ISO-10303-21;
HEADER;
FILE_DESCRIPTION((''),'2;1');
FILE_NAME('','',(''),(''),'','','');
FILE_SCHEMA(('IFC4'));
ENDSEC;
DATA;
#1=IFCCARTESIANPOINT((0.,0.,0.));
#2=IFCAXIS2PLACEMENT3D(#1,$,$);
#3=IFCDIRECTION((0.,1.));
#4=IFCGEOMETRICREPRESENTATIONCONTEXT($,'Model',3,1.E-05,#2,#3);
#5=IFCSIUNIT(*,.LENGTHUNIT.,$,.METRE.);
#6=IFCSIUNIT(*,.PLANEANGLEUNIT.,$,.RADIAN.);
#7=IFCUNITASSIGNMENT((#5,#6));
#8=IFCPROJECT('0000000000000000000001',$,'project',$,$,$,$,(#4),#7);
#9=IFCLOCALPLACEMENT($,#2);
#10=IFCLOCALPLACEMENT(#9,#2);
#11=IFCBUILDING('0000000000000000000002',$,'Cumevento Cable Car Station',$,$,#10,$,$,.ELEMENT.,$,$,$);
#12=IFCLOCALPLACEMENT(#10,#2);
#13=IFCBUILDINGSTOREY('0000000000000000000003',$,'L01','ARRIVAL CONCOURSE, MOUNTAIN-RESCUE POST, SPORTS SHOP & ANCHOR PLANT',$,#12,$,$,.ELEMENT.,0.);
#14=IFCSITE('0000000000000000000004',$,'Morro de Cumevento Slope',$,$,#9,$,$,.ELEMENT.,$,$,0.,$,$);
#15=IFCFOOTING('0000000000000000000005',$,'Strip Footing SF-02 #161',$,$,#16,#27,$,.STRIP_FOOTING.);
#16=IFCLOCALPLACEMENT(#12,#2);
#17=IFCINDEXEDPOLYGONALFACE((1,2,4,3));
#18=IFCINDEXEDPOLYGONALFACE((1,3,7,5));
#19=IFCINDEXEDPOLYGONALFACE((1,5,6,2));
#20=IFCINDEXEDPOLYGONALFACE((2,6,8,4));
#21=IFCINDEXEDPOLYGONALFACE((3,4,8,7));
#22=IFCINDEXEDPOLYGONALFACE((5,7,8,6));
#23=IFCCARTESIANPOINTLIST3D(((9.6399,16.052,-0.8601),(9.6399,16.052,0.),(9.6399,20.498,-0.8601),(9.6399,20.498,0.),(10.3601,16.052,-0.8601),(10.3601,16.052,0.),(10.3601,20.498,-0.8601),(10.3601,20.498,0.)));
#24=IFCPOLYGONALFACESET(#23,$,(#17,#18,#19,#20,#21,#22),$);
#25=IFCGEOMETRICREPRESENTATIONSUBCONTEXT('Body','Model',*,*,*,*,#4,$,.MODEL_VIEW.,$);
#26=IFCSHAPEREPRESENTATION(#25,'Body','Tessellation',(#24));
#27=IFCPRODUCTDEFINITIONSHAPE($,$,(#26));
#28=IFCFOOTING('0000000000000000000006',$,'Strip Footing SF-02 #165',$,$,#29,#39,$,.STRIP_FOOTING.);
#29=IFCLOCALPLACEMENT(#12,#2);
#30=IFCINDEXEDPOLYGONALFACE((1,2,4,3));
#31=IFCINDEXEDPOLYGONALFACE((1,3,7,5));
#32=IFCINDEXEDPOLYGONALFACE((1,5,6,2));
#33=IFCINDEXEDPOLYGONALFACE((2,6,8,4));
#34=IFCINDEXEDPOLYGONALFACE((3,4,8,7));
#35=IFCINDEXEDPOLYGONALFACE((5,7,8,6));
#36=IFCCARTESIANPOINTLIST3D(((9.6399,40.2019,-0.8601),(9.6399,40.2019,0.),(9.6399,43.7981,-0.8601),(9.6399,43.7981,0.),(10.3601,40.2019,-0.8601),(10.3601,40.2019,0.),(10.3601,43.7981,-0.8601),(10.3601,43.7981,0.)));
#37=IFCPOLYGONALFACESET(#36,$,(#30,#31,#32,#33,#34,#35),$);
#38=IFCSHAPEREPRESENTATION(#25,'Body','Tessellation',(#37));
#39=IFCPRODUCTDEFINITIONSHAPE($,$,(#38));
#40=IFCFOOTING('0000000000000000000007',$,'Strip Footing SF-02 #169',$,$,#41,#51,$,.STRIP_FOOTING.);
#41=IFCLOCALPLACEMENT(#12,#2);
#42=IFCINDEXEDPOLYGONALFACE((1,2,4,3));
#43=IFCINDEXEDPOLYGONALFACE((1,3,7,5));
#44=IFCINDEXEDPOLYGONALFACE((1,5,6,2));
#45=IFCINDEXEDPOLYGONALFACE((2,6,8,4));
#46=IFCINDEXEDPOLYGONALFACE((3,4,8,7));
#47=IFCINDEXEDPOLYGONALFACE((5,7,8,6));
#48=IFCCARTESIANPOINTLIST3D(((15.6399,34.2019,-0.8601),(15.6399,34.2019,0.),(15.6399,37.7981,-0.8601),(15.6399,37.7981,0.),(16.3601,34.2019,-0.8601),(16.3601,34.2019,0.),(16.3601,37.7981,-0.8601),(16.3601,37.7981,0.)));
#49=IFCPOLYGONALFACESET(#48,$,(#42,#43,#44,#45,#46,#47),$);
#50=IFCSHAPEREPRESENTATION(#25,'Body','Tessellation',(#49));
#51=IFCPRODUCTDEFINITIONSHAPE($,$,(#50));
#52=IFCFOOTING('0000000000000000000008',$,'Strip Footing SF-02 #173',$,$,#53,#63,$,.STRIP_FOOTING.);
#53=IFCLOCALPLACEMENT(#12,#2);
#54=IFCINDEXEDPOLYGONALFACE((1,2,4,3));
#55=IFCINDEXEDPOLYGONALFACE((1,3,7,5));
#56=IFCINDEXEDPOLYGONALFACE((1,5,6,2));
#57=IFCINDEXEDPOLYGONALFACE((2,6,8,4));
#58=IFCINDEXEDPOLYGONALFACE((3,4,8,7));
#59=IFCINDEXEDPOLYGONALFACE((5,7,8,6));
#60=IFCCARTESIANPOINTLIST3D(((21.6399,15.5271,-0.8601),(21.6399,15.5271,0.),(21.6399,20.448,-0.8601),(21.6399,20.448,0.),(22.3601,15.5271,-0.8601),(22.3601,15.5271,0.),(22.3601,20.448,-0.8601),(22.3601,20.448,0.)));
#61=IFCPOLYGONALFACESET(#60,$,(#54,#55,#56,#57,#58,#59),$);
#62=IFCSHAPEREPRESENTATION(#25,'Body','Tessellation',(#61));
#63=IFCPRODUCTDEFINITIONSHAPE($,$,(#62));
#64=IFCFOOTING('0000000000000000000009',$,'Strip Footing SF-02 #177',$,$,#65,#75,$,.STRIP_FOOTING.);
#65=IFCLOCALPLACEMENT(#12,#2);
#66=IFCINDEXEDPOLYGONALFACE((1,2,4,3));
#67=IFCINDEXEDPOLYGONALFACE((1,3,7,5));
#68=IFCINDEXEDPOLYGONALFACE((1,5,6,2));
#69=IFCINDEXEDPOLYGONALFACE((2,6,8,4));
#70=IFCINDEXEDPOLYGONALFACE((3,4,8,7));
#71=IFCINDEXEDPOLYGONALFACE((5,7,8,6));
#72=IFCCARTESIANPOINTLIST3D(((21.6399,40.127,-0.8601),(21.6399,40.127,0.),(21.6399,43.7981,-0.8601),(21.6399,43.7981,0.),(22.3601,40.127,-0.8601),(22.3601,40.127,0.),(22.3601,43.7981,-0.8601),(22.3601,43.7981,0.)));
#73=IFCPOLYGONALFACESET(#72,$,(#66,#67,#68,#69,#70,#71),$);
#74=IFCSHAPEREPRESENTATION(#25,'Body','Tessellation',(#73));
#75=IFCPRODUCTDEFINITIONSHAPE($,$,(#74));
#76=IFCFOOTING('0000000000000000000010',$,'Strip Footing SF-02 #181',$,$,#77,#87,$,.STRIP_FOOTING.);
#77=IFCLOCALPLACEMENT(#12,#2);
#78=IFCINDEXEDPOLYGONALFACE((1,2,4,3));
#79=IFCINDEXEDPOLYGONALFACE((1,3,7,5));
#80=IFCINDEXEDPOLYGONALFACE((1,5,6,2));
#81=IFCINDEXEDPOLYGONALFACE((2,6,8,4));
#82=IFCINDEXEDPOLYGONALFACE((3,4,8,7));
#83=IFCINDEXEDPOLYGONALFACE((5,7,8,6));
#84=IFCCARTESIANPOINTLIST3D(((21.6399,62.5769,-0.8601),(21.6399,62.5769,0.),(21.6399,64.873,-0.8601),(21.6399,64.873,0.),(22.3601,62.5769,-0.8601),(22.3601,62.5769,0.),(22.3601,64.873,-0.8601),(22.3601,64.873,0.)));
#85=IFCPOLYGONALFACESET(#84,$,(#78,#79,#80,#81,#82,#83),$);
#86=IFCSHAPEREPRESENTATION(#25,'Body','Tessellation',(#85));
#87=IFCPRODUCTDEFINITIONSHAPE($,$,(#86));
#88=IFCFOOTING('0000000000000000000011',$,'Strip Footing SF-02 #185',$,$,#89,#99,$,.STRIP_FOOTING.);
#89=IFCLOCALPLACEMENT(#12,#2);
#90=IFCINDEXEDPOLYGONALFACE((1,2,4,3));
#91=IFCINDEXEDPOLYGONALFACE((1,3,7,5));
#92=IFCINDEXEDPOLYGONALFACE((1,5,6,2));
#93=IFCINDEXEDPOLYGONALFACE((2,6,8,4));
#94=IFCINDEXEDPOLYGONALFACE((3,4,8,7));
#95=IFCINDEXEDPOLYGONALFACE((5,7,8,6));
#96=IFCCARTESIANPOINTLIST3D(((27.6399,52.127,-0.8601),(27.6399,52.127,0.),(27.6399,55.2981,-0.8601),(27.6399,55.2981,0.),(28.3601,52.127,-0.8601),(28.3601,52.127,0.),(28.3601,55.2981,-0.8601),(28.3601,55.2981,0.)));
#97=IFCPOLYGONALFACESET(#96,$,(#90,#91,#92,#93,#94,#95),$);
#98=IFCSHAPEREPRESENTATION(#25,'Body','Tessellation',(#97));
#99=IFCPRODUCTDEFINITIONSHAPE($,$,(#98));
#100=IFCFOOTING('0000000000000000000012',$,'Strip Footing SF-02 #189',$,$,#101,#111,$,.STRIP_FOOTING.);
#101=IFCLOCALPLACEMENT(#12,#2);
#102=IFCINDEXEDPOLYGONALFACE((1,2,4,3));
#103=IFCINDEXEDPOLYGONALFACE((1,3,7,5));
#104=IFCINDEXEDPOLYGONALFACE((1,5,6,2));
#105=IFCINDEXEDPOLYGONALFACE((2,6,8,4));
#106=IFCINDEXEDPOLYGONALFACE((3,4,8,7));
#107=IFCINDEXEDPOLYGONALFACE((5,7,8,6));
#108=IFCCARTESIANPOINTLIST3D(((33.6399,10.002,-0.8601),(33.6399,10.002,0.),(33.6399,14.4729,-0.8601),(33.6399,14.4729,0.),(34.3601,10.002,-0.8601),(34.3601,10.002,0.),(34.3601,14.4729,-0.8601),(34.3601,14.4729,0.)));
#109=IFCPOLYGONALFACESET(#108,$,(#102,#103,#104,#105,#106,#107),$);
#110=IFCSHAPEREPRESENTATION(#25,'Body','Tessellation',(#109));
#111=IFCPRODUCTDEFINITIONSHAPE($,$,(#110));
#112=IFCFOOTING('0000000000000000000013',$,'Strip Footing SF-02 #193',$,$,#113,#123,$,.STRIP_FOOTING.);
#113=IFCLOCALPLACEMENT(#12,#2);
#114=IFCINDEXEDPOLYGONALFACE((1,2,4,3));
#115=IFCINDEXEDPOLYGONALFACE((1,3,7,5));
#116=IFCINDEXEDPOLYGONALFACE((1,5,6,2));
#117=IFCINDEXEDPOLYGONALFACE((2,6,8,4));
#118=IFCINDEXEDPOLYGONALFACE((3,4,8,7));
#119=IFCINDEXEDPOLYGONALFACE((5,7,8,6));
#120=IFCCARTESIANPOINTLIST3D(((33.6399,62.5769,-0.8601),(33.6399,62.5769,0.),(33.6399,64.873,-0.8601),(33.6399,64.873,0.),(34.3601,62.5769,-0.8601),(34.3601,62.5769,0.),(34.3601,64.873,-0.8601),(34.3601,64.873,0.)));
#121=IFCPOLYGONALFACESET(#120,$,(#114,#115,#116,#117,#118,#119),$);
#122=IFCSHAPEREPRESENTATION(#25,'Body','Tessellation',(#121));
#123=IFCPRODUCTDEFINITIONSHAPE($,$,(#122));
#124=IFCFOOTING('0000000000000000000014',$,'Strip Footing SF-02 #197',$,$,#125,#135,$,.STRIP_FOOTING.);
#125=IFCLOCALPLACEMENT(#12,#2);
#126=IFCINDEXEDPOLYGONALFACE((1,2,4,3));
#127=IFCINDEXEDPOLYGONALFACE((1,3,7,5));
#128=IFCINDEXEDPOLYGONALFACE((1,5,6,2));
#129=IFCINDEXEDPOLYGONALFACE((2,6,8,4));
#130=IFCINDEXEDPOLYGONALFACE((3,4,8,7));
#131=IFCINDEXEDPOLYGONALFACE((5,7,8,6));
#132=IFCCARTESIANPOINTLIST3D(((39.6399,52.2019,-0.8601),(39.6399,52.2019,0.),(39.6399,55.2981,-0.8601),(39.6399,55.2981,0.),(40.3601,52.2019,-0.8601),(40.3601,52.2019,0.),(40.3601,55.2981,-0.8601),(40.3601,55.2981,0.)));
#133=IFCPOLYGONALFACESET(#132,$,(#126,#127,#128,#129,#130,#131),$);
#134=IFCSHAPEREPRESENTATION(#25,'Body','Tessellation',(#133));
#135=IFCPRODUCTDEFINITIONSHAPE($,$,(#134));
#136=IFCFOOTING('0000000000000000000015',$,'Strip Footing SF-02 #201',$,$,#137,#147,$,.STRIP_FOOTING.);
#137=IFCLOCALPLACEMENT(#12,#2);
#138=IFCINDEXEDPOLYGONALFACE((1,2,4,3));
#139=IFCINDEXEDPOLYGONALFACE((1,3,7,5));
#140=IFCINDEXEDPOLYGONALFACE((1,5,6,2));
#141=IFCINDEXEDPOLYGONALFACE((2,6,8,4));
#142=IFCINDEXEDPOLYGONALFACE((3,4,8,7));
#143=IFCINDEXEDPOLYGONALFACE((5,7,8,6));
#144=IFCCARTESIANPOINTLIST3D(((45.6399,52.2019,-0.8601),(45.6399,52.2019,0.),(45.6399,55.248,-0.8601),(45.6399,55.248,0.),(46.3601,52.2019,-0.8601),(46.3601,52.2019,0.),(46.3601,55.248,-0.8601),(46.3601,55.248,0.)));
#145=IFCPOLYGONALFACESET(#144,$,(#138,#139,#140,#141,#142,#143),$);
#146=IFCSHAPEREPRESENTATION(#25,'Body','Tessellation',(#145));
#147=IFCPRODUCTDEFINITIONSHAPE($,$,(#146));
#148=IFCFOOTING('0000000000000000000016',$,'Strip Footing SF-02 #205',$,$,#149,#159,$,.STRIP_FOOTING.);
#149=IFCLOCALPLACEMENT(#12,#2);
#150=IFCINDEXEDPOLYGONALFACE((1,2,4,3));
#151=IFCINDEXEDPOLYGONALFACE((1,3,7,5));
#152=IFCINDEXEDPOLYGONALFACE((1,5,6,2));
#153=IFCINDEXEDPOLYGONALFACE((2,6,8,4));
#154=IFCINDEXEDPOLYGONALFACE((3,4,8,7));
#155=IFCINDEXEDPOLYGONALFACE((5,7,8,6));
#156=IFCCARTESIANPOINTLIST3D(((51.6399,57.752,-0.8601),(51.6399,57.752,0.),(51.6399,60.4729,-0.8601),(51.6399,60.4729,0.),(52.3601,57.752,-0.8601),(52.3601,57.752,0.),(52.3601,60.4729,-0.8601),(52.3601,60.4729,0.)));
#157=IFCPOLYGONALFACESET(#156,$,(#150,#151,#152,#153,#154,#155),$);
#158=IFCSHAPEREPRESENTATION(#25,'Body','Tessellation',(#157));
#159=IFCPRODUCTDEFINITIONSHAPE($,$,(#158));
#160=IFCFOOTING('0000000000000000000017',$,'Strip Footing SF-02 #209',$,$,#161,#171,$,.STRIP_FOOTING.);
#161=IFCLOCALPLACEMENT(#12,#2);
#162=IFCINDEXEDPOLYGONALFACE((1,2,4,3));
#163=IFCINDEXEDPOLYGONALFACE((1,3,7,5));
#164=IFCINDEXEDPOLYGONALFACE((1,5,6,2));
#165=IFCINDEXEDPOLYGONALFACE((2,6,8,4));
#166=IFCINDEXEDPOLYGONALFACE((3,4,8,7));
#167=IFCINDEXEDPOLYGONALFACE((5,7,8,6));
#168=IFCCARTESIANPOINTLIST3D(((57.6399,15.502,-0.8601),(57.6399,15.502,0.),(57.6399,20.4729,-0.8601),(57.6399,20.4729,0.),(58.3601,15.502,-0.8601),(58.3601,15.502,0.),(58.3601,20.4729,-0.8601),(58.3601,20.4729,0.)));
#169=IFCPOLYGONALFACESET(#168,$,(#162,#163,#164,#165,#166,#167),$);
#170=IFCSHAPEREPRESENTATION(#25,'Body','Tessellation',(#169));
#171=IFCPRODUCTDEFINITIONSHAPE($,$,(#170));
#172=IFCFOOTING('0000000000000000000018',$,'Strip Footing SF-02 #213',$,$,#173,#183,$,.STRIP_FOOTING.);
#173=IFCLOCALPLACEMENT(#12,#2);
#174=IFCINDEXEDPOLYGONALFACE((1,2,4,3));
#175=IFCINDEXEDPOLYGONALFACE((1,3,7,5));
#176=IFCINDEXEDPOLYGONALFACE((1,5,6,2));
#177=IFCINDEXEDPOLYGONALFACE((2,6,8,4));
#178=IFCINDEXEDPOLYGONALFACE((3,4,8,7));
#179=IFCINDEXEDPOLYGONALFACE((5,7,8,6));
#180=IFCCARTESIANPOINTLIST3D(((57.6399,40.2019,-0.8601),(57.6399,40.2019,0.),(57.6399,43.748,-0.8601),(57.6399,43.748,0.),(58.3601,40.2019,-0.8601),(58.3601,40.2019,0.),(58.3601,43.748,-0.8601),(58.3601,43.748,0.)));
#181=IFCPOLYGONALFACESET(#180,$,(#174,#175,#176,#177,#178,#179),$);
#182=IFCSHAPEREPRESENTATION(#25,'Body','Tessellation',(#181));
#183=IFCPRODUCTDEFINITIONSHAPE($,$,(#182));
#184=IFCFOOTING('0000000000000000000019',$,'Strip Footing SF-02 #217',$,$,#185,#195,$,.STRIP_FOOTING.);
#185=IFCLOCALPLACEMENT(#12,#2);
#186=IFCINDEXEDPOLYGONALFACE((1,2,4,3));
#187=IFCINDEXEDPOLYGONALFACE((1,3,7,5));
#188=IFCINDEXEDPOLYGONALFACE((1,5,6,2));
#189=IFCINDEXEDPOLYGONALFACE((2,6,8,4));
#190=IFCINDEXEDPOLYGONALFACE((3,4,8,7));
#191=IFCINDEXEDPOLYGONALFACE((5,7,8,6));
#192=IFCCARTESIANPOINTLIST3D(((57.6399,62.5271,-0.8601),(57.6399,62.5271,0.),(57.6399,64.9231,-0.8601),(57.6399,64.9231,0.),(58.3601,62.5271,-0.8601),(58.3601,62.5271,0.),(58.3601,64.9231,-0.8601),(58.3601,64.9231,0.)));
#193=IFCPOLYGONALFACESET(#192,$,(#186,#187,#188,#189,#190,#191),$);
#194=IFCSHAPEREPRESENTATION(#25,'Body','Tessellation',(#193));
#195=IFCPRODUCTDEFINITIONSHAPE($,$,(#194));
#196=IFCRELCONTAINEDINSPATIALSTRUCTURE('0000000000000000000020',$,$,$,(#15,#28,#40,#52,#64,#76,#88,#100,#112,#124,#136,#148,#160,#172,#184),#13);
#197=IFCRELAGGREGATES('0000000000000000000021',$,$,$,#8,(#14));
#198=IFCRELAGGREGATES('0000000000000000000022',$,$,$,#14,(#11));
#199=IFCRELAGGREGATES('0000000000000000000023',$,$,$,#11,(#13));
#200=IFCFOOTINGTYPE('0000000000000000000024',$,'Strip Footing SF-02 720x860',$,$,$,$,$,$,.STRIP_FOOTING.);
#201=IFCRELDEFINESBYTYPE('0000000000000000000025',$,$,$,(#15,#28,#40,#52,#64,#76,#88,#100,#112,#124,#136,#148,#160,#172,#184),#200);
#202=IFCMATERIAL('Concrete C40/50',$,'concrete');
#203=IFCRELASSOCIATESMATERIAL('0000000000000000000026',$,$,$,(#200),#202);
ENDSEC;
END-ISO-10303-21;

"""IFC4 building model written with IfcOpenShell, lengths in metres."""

from ifc_helpers import new_model, si_unit, direction, frame, origin, place, context, subcontext, project, spatial, polyline, outline, extrude, material, type_object, element, save


model = new_model("IFC4")

# Units and contexts
model_context = context("Model", 3, precision=1e-05, world=origin(), true_north=direction((0.0, 1.0)))
body_context = subcontext(model_context, "Body", "Model", "MODEL_VIEW")
ifc_project = project(units=[si_unit("LENGTHUNIT", "METRE"), si_unit("PLANEANGLEUNIT", "RADIAN")], contexts=[model_context])

# Site, building, storey
site_placement = place(None, origin())
site = spatial("IfcSite", under=ifc_project, at=site_placement, Name="Morro de Cumevento Slope", CompositionType="ELEMENT", RefElevation=0.0)
building_placement = place(site_placement, origin())
building = spatial("IfcBuilding", under=site, at=building_placement, Name="Cumevento Cable Car Station", CompositionType="ELEMENT")
storey_placement = place(building_placement, origin())
storey = spatial("IfcBuildingStorey", under=building, at=storey_placement, Name="L01", Description="ARRIVAL CONCOURSE, MOUNTAIN-RESCUE POST, SPORTS SHOP & ANCHOR PLANT", CompositionType="ELEMENT", Elevation=0.0)

# Footings
ifc_material = material(Name="Concrete C40/50", Category="concrete")
footing_type = type_object("IfcFootingType", Name="Strip Footing SF-02 720x860", PredefinedType="STRIP_FOOTING", material=ifc_material)
footing_1_placement = place(storey_placement, frame((0.0, 0.0, -0.8601)))
element("IfcFooting", 1, at=footing_1_placement, inside=storey, type_object=footing_type, Name="Strip Footing SF-02 #161", PredefinedType="STRIP_FOOTING", context=body_context, shape_type="SweptSolid", body=[
    extrude(outline(polyline([(9.6399, 16.052), (10.3601, 16.052), (10.3601, 20.498), (9.6399, 20.498), (9.6399, 16.052)])), origin(), (0.0, 0.0, 1.0), 0.8601),
])
footing_2_placement = place(storey_placement, frame((0.0, 0.0, -0.8601)))
element("IfcFooting", 2, at=footing_2_placement, inside=storey, type_object=footing_type, Name="Strip Footing SF-02 #165", PredefinedType="STRIP_FOOTING", context=body_context, shape_type="SweptSolid", body=[
    extrude(outline(polyline([(9.6399, 40.2019), (10.3601, 40.2019), (10.3601, 43.7981), (9.6399, 43.7981), (9.6399, 40.2019)])), origin(), (0.0, 0.0, 1.0), 0.8601),
])
footing_3_placement = place(storey_placement, frame((0.0, 0.0, -0.8601)))
element("IfcFooting", 3, at=footing_3_placement, inside=storey, type_object=footing_type, Name="Strip Footing SF-02 #169", PredefinedType="STRIP_FOOTING", context=body_context, shape_type="SweptSolid", body=[
    extrude(outline(polyline([(15.6399, 34.2019), (16.3601, 34.2019), (16.3601, 37.7981), (15.6399, 37.7981), (15.6399, 34.2019)])), origin(), (0.0, 0.0, 1.0), 0.8601),
])
footing_4_placement = place(storey_placement, frame((0.0, 0.0, -0.8601)))
element("IfcFooting", 4, at=footing_4_placement, inside=storey, type_object=footing_type, Name="Strip Footing SF-02 #173", PredefinedType="STRIP_FOOTING", context=body_context, shape_type="SweptSolid", body=[
    extrude(outline(polyline([(21.6399, 15.5271), (22.3601, 15.5271), (22.3601, 20.448), (21.6399, 20.448), (21.6399, 15.5271)])), origin(), (0.0, 0.0, 1.0), 0.8601),
])
footing_5_placement = place(storey_placement, frame((0.0, 0.0, -0.8601)))
element("IfcFooting", 5, at=footing_5_placement, inside=storey, type_object=footing_type, Name="Strip Footing SF-02 #177", PredefinedType="STRIP_FOOTING", context=body_context, shape_type="SweptSolid", body=[
    extrude(outline(polyline([(21.6399, 40.127), (22.3601, 40.127), (22.3601, 43.7981), (21.6399, 43.7981), (21.6399, 40.127)])), origin(), (0.0, 0.0, 1.0), 0.8601),
])
footing_6_placement = place(storey_placement, frame((0.0, 0.0, -0.8601)))
element("IfcFooting", 6, at=footing_6_placement, inside=storey, type_object=footing_type, Name="Strip Footing SF-02 #181", PredefinedType="STRIP_FOOTING", context=body_context, shape_type="SweptSolid", body=[
    extrude(outline(polyline([(21.6399, 62.5769), (22.3601, 62.5769), (22.3601, 64.873), (21.6399, 64.873), (21.6399, 62.5769)])), origin(), (0.0, 0.0, 1.0), 0.8601),
])
footing_7_placement = place(storey_placement, frame((0.0, 0.0, -0.8601)))
element("IfcFooting", 7, at=footing_7_placement, inside=storey, type_object=footing_type, Name="Strip Footing SF-02 #185", PredefinedType="STRIP_FOOTING", context=body_context, shape_type="SweptSolid", body=[
    extrude(outline(polyline([(27.6399, 52.127), (28.3601, 52.127), (28.3601, 55.2981), (27.6399, 55.2981), (27.6399, 52.127)])), origin(), (0.0, 0.0, 1.0), 0.8601),
])
footing_8_placement = place(storey_placement, frame((0.0, 0.0, -0.8601)))
element("IfcFooting", 8, at=footing_8_placement, inside=storey, type_object=footing_type, Name="Strip Footing SF-02 #189", PredefinedType="STRIP_FOOTING", context=body_context, shape_type="SweptSolid", body=[
    extrude(outline(polyline([(33.6399, 10.002), (34.3601, 10.002), (34.3601, 14.4729), (33.6399, 14.4729), (33.6399, 10.002)])), origin(), (0.0, 0.0, 1.0), 0.8601),
])
footing_9_placement = place(storey_placement, frame((0.0, 0.0, -0.8601)))
element("IfcFooting", 9, at=footing_9_placement, inside=storey, type_object=footing_type, Name="Strip Footing SF-02 #193", PredefinedType="STRIP_FOOTING", context=body_context, shape_type="SweptSolid", body=[
    extrude(outline(polyline([(33.6399, 62.5769), (34.3601, 62.5769), (34.3601, 64.873), (33.6399, 64.873), (33.6399, 62.5769)])), origin(), (0.0, 0.0, 1.0), 0.8601),
])
footing_10_placement = place(storey_placement, frame((0.0, 0.0, -0.8601)))
element("IfcFooting", 10, at=footing_10_placement, inside=storey, type_object=footing_type, Name="Strip Footing SF-02 #197", PredefinedType="STRIP_FOOTING", context=body_context, shape_type="SweptSolid", body=[
    extrude(outline(polyline([(39.6399, 52.2019), (40.3601, 52.2019), (40.3601, 55.2981), (39.6399, 55.2981), (39.6399, 52.2019)])), origin(), (0.0, 0.0, 1.0), 0.8601),
])
footing_11_placement = place(storey_placement, frame((0.0, 0.0, -0.8601)))
element("IfcFooting", 11, at=footing_11_placement, inside=storey, type_object=footing_type, Name="Strip Footing SF-02 #201", PredefinedType="STRIP_FOOTING", context=body_context, shape_type="SweptSolid", body=[
    extrude(outline(polyline([(45.6399, 52.2019), (46.3601, 52.2019), (46.3601, 55.248), (45.6399, 55.248), (45.6399, 52.2019)])), origin(), (0.0, 0.0, 1.0), 0.8601),
])
footing_12_placement = place(storey_placement, frame((0.0, 0.0, -0.8601)))
element("IfcFooting", 12, at=footing_12_placement, inside=storey, type_object=footing_type, Name="Strip Footing SF-02 #205", PredefinedType="STRIP_FOOTING", context=body_context, shape_type="SweptSolid", body=[
    extrude(outline(polyline([(51.6399, 57.752), (52.3601, 57.752), (52.3601, 60.4729), (51.6399, 60.4729), (51.6399, 57.752)])), origin(), (0.0, 0.0, 1.0), 0.8601),
])
footing_13_placement = place(storey_placement, frame((0.0, 0.0, -0.8601)))
element("IfcFooting", 13, at=footing_13_placement, inside=storey, type_object=footing_type, Name="Strip Footing SF-02 #209", PredefinedType="STRIP_FOOTING", context=body_context, shape_type="SweptSolid", body=[
    extrude(outline(polyline([(57.6399, 15.502), (58.3601, 15.502), (58.3601, 20.4729), (57.6399, 20.4729), (57.6399, 15.502)])), origin(), (0.0, 0.0, 1.0), 0.8601),
])
footing_14_placement = place(storey_placement, frame((0.0, 0.0, -0.8601)))
element("IfcFooting", 14, at=footing_14_placement, inside=storey, type_object=footing_type, Name="Strip Footing SF-02 #213", PredefinedType="STRIP_FOOTING", context=body_context, shape_type="SweptSolid", body=[
    extrude(outline(polyline([(57.6399, 40.2019), (58.3601, 40.2019), (58.3601, 43.748), (57.6399, 43.748), (57.6399, 40.2019)])), origin(), (0.0, 0.0, 1.0), 0.8601),
])
footing_15_placement = place(storey_placement, frame((0.0, 0.0, -0.8601)))
element("IfcFooting", 15, at=footing_15_placement, inside=storey, type_object=footing_type, Name="Strip Footing SF-02 #217", PredefinedType="STRIP_FOOTING", context=body_context, shape_type="SweptSolid", body=[
    extrude(outline(polyline([(57.6399, 62.5271), (58.3601, 62.5271), (58.3601, 64.9231), (57.6399, 64.9231), (57.6399, 62.5271)])), origin(), (0.0, 0.0, 1.0), 0.8601),
])

save(model, "model.ifc")
